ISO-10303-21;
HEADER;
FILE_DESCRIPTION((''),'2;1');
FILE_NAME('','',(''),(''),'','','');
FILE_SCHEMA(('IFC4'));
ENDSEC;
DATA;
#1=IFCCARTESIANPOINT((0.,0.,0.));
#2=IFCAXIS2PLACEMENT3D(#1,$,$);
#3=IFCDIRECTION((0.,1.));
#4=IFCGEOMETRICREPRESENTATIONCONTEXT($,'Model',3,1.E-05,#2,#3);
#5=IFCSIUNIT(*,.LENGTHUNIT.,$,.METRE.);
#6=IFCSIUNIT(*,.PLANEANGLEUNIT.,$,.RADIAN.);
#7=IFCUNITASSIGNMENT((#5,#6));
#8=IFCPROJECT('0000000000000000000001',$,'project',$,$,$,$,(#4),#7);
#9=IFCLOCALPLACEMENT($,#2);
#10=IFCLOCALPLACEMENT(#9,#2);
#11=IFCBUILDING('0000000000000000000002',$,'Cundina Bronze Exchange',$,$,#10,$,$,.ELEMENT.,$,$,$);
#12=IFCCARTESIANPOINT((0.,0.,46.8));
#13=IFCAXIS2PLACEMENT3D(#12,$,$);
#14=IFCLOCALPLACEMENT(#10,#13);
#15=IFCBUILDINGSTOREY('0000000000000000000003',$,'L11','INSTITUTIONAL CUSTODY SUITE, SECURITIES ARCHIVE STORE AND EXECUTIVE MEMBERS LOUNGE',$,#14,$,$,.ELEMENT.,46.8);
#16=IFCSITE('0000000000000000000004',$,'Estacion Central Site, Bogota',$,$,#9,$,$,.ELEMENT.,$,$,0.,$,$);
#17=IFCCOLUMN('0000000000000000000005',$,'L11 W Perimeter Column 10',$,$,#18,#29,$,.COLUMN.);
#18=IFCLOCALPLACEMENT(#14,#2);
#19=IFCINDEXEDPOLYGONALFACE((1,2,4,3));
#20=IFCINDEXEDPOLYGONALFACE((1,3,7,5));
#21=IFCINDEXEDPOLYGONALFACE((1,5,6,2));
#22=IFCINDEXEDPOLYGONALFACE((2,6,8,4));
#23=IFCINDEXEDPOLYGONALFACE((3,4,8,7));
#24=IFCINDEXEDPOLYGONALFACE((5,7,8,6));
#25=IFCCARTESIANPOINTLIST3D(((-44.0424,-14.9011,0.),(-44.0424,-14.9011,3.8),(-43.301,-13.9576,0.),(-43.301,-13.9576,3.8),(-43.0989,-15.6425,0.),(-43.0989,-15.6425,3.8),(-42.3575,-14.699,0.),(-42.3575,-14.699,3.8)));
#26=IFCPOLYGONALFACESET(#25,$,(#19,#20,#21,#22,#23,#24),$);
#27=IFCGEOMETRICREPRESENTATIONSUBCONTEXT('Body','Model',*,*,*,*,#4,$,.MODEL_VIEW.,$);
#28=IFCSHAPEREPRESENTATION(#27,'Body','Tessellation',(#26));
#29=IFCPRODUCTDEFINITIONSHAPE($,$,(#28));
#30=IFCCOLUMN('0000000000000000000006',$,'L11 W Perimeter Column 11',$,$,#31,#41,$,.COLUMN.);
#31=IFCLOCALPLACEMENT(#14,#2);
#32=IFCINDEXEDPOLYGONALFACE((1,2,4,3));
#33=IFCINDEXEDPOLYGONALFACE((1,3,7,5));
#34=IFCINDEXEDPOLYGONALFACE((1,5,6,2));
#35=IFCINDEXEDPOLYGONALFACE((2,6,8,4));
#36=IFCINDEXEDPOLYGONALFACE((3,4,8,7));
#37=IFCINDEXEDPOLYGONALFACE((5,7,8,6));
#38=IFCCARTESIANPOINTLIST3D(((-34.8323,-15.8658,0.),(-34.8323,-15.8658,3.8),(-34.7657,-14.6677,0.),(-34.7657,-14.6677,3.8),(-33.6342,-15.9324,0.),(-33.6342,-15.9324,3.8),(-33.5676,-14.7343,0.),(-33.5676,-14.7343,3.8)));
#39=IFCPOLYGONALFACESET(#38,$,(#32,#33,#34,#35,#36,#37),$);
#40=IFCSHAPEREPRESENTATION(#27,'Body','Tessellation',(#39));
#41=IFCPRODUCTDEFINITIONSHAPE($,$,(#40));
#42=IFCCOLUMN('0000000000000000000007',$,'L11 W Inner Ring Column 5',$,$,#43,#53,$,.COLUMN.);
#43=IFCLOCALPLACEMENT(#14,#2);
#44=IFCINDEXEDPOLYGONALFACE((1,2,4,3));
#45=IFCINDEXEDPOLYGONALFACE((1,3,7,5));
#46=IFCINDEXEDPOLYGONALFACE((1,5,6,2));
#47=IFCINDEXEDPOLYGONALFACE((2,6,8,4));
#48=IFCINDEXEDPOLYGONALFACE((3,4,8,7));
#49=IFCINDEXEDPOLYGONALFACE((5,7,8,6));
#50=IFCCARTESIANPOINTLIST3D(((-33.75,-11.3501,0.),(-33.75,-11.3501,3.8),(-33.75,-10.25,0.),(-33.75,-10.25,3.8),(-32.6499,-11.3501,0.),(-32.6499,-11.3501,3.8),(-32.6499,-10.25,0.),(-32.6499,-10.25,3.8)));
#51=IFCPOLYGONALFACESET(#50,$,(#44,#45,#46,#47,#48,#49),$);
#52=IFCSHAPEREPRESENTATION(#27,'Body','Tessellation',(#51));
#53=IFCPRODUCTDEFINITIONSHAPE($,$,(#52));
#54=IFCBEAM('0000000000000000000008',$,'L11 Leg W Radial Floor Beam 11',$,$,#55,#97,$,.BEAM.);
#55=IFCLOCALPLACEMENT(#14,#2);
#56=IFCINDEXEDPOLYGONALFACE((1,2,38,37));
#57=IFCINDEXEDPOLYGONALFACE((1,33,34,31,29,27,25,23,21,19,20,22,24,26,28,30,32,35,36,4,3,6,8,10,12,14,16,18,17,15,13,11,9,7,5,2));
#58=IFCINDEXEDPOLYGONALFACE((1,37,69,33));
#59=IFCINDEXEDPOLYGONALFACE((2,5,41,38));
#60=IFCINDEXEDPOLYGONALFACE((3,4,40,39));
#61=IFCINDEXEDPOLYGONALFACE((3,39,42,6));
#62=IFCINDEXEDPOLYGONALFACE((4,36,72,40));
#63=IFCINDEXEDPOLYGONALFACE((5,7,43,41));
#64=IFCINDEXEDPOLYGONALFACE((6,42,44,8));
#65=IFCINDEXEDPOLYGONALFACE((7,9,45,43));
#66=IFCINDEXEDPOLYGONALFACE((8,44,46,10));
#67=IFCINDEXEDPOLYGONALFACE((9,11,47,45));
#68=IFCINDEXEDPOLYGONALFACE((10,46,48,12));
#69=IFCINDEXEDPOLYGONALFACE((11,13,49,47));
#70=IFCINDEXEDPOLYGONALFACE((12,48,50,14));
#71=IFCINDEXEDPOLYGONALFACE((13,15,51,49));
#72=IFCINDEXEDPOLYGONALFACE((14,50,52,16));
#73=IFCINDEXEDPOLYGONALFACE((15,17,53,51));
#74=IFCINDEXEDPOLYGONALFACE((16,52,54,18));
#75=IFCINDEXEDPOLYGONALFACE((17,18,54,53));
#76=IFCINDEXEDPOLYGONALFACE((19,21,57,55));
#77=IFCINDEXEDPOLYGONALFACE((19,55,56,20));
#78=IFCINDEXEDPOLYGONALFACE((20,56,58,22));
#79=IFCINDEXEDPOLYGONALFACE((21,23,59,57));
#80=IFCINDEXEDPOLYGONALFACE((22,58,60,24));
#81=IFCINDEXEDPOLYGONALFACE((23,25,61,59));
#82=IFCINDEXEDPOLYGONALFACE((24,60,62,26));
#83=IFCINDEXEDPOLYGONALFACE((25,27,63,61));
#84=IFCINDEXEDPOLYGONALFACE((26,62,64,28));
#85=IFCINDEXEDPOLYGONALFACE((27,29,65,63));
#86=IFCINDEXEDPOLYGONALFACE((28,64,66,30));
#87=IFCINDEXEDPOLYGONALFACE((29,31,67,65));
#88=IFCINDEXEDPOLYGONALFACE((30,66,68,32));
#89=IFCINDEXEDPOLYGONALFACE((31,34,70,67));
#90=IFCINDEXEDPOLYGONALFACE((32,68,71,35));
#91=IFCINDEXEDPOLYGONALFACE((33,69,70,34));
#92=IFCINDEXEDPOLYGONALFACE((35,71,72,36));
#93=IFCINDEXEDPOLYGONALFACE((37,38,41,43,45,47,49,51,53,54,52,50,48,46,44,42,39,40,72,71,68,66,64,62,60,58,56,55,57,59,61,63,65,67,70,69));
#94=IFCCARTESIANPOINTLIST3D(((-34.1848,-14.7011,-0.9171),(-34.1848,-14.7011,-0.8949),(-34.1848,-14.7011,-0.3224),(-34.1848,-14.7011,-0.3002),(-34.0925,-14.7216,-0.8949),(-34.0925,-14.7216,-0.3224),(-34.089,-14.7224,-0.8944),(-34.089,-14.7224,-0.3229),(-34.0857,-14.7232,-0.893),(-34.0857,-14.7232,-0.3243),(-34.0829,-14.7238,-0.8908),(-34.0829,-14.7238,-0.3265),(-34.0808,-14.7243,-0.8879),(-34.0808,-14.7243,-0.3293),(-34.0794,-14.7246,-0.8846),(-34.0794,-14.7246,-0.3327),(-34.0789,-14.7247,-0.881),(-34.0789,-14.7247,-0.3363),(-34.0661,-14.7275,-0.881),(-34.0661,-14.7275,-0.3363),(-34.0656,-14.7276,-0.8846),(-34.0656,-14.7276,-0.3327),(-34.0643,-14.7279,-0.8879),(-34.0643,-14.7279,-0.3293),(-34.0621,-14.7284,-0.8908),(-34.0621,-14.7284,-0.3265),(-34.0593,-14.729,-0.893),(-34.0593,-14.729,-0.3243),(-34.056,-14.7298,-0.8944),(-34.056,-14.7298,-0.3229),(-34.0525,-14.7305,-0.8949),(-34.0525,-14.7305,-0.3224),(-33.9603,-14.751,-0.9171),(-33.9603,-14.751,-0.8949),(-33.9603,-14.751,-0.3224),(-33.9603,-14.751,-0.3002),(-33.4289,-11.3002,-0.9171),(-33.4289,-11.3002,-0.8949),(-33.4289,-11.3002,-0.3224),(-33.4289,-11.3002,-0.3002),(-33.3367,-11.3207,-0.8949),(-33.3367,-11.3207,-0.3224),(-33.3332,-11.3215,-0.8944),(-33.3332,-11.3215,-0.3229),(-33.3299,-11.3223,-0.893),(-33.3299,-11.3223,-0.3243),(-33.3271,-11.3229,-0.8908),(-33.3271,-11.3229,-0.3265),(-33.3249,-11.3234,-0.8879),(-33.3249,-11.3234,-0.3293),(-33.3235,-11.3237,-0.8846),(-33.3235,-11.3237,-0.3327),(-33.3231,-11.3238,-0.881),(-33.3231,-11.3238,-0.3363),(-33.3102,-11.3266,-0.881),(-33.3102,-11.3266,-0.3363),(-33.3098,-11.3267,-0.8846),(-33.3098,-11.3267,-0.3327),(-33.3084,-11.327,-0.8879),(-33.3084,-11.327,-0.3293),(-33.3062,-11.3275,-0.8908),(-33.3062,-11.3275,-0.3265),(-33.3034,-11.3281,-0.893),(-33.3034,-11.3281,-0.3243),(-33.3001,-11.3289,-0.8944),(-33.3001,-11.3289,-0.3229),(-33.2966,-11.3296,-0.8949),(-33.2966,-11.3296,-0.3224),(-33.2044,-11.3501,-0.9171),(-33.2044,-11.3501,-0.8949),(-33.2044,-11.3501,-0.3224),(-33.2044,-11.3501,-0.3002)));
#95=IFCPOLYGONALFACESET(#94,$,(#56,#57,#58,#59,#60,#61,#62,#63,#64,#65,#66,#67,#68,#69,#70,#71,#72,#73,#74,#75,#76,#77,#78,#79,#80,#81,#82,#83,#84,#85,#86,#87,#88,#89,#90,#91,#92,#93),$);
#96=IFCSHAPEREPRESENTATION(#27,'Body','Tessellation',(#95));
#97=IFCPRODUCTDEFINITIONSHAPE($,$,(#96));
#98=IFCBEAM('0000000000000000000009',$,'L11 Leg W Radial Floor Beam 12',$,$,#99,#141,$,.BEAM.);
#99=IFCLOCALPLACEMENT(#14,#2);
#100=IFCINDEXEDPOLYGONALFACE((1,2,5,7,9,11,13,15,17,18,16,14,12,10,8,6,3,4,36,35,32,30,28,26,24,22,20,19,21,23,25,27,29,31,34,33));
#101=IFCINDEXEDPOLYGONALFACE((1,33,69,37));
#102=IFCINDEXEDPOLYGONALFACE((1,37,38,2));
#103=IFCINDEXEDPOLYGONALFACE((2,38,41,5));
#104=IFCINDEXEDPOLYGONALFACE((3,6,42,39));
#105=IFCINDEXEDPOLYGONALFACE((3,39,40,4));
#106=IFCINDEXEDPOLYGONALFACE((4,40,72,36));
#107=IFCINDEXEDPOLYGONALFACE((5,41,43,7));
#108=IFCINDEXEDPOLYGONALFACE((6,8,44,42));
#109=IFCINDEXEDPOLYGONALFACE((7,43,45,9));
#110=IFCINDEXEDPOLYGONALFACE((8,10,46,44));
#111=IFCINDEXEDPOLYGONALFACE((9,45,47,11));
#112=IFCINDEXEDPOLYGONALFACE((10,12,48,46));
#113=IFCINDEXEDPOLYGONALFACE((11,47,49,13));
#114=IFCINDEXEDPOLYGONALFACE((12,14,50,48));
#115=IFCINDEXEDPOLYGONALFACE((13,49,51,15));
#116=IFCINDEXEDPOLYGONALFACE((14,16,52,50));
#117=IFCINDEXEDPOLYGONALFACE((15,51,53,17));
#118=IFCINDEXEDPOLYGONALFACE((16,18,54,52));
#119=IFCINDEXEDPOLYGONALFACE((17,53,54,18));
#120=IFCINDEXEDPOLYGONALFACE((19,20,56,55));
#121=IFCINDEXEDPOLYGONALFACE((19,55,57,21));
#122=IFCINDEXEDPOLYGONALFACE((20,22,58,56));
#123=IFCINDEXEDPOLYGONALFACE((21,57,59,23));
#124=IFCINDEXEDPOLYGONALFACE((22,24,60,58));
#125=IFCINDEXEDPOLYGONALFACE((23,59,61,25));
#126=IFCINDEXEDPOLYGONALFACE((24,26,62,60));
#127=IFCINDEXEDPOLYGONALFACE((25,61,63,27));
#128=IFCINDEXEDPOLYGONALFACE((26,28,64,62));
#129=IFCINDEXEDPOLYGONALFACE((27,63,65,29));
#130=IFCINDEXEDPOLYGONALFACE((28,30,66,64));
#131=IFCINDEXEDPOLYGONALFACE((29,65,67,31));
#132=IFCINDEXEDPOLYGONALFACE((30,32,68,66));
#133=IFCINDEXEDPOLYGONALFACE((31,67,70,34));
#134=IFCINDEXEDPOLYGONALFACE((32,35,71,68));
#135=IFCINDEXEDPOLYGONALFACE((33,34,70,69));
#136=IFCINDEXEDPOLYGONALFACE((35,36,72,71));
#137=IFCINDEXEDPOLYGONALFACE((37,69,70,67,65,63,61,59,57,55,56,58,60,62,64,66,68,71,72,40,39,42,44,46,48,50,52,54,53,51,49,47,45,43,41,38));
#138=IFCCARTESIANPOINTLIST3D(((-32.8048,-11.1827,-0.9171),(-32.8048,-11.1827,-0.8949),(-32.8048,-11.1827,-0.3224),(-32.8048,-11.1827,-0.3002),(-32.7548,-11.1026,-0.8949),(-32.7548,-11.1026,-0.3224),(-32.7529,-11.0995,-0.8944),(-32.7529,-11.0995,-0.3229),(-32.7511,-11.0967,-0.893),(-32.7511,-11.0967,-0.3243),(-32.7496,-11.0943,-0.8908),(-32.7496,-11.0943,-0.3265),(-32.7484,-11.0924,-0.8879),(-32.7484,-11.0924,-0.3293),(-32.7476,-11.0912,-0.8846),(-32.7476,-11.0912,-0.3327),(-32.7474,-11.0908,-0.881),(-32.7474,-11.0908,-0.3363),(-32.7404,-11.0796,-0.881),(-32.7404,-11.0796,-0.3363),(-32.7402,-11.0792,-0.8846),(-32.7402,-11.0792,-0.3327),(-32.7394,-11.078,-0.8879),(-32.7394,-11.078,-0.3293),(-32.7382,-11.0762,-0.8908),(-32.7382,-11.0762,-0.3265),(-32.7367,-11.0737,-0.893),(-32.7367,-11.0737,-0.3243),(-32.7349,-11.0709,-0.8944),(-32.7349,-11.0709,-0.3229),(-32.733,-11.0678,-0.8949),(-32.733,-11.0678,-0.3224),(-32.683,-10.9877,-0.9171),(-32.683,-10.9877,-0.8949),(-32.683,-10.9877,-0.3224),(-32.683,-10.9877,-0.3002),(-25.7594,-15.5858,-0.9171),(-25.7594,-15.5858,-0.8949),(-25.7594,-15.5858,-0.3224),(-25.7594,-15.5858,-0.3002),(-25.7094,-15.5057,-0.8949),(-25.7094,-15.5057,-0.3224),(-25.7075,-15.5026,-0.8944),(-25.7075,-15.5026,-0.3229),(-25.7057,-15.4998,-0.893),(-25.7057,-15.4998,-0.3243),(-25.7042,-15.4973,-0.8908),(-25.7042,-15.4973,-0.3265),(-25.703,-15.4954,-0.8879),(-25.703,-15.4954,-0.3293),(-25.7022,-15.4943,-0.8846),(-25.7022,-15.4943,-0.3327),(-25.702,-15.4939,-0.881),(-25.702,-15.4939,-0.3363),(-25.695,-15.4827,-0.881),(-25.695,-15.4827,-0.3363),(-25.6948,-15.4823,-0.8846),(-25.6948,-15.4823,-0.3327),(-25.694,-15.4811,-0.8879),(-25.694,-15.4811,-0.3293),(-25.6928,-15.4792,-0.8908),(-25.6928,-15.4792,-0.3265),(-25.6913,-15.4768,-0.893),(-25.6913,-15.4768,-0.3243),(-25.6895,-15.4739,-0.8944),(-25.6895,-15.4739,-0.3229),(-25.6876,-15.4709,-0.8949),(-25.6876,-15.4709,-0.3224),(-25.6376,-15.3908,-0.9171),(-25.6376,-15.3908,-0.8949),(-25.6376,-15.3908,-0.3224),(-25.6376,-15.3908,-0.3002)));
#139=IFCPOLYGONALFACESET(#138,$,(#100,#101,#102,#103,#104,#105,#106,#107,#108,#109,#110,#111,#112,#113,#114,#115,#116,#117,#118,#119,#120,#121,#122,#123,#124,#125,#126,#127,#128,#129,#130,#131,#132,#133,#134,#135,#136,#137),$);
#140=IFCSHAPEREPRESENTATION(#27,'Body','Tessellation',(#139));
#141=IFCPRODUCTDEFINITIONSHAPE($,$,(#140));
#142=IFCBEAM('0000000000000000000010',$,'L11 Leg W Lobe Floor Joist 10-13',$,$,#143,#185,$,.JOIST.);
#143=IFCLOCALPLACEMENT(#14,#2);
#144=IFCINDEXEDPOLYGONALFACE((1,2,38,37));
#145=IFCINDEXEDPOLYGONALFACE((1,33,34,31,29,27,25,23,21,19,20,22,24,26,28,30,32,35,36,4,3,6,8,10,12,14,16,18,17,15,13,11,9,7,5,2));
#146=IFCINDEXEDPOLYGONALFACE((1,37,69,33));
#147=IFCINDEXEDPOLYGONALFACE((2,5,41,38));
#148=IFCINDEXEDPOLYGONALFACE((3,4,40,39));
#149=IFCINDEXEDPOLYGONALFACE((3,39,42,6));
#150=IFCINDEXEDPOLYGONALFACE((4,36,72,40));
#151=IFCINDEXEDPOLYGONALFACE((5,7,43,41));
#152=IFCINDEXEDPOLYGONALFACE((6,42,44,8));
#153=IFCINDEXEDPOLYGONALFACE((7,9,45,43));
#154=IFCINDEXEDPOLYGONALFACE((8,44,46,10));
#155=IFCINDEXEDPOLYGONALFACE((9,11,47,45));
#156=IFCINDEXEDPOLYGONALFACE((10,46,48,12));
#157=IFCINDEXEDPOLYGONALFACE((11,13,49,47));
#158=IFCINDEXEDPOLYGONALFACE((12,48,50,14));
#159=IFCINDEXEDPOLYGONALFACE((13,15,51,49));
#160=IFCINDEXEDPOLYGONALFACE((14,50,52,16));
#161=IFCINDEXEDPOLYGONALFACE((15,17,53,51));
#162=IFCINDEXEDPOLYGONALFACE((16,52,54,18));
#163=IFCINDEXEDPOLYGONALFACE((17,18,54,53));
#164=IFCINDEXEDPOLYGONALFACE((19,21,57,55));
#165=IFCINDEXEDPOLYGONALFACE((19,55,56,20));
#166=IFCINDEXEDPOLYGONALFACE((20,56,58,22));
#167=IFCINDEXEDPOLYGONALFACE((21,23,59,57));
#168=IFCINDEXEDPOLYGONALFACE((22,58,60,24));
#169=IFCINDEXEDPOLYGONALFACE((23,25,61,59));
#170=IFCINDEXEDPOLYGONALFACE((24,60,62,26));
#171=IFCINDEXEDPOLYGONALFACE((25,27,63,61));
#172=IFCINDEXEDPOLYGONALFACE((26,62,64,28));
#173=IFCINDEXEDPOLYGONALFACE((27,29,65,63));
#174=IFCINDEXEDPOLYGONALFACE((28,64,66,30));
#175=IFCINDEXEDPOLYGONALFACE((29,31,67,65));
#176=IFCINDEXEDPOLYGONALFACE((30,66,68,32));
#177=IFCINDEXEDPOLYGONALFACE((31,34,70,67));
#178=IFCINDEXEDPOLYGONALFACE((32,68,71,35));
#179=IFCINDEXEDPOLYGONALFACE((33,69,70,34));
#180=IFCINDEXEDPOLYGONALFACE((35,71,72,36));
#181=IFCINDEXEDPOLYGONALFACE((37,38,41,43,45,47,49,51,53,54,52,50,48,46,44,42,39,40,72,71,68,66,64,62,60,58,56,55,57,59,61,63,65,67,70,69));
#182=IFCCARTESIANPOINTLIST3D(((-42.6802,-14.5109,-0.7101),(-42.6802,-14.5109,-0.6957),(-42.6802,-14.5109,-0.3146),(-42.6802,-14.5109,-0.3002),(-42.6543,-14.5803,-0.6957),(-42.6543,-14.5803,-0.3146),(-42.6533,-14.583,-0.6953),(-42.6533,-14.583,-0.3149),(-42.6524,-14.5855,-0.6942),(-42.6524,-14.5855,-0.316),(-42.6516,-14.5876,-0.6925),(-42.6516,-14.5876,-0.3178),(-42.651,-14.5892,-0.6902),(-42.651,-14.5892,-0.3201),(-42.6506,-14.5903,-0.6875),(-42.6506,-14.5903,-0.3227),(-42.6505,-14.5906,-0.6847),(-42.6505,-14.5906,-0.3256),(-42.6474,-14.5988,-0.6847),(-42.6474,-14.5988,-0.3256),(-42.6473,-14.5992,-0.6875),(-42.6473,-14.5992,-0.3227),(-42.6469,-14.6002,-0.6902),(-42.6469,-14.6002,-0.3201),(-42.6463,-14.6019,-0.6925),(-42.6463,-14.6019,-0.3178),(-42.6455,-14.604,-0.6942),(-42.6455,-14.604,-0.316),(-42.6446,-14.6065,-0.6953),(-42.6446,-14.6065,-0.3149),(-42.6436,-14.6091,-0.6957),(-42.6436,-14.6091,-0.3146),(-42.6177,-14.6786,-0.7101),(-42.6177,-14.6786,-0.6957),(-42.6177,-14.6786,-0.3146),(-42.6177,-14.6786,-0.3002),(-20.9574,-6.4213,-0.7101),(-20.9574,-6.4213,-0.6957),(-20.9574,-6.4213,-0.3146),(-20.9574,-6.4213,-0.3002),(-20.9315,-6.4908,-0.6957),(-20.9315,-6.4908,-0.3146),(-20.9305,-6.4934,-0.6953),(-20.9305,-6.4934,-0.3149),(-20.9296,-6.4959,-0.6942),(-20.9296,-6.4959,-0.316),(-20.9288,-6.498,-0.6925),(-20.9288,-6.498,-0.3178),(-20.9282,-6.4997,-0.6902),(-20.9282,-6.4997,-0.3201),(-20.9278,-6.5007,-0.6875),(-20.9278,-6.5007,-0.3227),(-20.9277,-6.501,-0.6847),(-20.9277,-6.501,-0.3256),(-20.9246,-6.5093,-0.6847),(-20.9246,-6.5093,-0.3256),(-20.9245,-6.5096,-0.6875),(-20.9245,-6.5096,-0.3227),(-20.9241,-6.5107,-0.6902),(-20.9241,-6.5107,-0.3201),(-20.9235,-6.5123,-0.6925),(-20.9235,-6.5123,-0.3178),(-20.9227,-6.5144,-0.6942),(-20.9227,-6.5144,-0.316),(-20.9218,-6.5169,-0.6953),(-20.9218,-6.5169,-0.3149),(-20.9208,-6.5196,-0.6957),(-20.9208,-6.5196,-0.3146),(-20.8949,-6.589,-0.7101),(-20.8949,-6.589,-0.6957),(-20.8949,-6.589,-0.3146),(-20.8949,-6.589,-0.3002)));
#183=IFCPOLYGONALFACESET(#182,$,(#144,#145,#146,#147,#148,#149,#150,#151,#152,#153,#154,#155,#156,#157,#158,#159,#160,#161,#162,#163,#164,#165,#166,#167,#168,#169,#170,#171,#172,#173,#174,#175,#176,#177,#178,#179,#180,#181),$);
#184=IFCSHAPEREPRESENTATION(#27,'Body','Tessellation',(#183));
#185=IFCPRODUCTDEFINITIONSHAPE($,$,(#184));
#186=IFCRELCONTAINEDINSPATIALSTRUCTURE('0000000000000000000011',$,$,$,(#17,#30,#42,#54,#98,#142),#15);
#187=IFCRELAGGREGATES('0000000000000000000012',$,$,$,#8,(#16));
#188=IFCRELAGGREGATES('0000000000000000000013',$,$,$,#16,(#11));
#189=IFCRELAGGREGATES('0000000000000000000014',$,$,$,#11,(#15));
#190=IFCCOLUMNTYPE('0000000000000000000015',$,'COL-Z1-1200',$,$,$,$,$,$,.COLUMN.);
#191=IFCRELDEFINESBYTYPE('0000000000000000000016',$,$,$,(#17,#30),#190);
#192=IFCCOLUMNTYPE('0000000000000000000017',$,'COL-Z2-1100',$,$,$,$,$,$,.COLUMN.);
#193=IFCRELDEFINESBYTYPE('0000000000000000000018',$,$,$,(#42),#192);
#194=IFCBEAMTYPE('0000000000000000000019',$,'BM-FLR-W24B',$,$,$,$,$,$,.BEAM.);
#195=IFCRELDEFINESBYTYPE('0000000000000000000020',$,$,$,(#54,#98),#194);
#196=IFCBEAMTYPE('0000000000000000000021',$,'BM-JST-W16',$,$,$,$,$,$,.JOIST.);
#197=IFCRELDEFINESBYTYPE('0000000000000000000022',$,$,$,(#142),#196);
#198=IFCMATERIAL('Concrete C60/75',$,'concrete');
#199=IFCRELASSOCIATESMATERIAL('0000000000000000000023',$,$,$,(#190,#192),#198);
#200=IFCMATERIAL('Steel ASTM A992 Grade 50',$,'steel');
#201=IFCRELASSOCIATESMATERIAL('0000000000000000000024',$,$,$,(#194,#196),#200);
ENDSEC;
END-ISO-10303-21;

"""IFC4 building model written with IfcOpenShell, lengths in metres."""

from ifc_helpers import new_model, si_unit, direction, frame, origin, origin_2d, place, context, subcontext, project, spatial, rectangle, i_section, extrude, material, material_profile, profile_set, type_object, element, save


model = new_model("IFC4")

# Units and contexts
model_context = context("Model", 3, precision=1e-05, world=origin(), true_north=direction((0.0, 1.0)))
body_context = subcontext(model_context, "Body", "Model", "MODEL_VIEW")
ifc_project = project(units=[si_unit("LENGTHUNIT", "METRE"), si_unit("PLANEANGLEUNIT", "RADIAN")], contexts=[model_context])

# Site, building, storey
site_placement = place(None, origin())
site = spatial("IfcSite", under=ifc_project, at=site_placement, Name="Estacion Central Site, Bogota", CompositionType="ELEMENT", RefElevation=0.0)
building_placement = place(site_placement, origin())
building = spatial("IfcBuilding", under=site, at=building_placement, Name="Cundina Bronze Exchange", CompositionType="ELEMENT")
storey_placement = place(building_placement, frame((0.0, 0.0, 46.8)))
storey = spatial("IfcBuildingStorey", under=building, at=storey_placement, Name="L11", Description="INSTITUTIONAL CUSTODY SUITE, SECURITIES ARCHIVE STORE AND EXECUTIVE MEMBERS LOUNGE", CompositionType="ELEMENT", Elevation=46.8)

# Columns
ifc_material_1 = material(Name="Concrete C60/75", Category="concrete")
ifc_material_profile_1 = material_profile(ifc_material_1, rectangle(XDim=1.2, YDim=1.2, at=origin_2d()), Name="RC1200X1200", Category="concrete")
ifc_profile_set_1 = profile_set([ifc_material_profile_1], Name="Concrete C60/75")
column_type_1 = type_object("IfcColumnType", Name="COL-Z1-1200", PredefinedType="COLUMN", material=ifc_profile_set_1)
for number, where, z_axis, x_axis, name in (
    (1, (-43.2, -14.8, 0.0), (0.0, 0.0, 1.0), (0.786288, -0.61786, 0.0), "L11 W Perimeter Column 10"),
    (2, (-34.2, -15.3, 0.0), (0.0, 0.0, 1.0), (0.99846, -0.055473, 0.0), "L11 W Perimeter Column 11"),
):
    element("IfcColumn", number, at=place(storey_placement, frame(where, z_axis=z_axis, x_axis=x_axis)), inside=storey, type_object=column_type_1, Name=name, PredefinedType="COLUMN", context=body_context, shape_type="SweptSolid", body=[
        extrude(rectangle(XDim=1.2, YDim=1.2, at=origin_2d()), origin(), (0.0, 0.0, 1.0), 3.8),
    ])
ifc_material_profile_2 = material_profile(ifc_material_1, rectangle(XDim=1.1001, YDim=1.1001, at=origin_2d()), Name="RC1100X1100", Category="concrete")
ifc_profile_set_2 = profile_set([ifc_material_profile_2], Name="Concrete C60/75")
column_type_2 = type_object("IfcColumnType", Name="COL-Z2-1100", PredefinedType="COLUMN", material=ifc_profile_set_2)
column_placement = place(storey_placement, frame((-33.2, -10.8, 0.0), z_axis=(0.0, 0.0, 1.0), x_axis=(1.0, 0.0, 0.0)))
element("IfcColumn", 3, at=column_placement, inside=storey, type_object=column_type_2, Name="L11 W Inner Ring Column 5", PredefinedType="COLUMN", context=body_context, shape_type="SweptSolid", body=[
    extrude(rectangle(XDim=1.1001, YDim=1.1001, at=origin_2d()), origin(), (0.0, 0.0, 1.0), 3.8),
])

# Beams
ifc_material_2 = material(Name="Steel ASTM A992 Grade 50", Category="steel")
ifc_material_profile_3 = material_profile(ifc_material_2, i_section(OverallWidth=0.23, OverallDepth=0.6169, WebThickness=0.0132, FlangeThickness=0.0222, FilletRadius=0.0139, at=origin_2d()), Name="W24X94", Category="steel")
ifc_profile_set_3 = profile_set([ifc_material_profile_3], Name="Steel ASTM A992 Grade 50")
beam_type_1 = type_object("IfcBeamType", Name="BM-FLR-W24B", PredefinedType="BEAM", material=ifc_profile_set_3)
beam_1_placement = place(storey_placement, frame((-33.3167, -11.3252, -0.6086), z_axis=(-0.21696, -0.97618, 0.0), x_axis=(0.97618, -0.21696, 0.0)))
element("IfcBeam", 4, at=beam_1_placement, inside=storey, type_object=beam_type_1, Name="L11 Leg W Radial Floor Beam 11", PredefinedType="BEAM", context=body_context, shape_type="SweptSolid", body=[
    extrude(i_section(OverallWidth=0.23, OverallDepth=0.6169, WebThickness=0.0132, FlangeThickness=0.0222, FilletRadius=0.0139, at=origin_2d()), origin(), (0.0, 0.0, 1.0), 3.4839),
])
beam_2_placement = place(storey_placement, frame((-32.7439, -11.0852, -0.6086), z_axis=(0.848015, -0.529973, 0.0), x_axis=(0.529973, 0.848015, 0.0)))
element("IfcBeam", 5, at=beam_2_placement, inside=storey, type_object=beam_type_1, Name="L11 Leg W Radial Floor Beam 12", PredefinedType="BEAM", context=body_context, shape_type="SweptSolid", body=[
    extrude(i_section(OverallWidth=0.23, OverallDepth=0.6169, WebThickness=0.0132, FlangeThickness=0.0222, FilletRadius=0.0139, at=origin_2d()), origin(), (0.0, 0.0, 1.0), 8.3081),
])
ifc_material_profile_4 = material_profile(ifc_material_2, i_section(OverallWidth=0.179, OverallDepth=0.4099, WebThickness=0.0088, FlangeThickness=0.0144, FilletRadius=0.011, at=origin_2d()), Name="W16X45", Category="steel")
ifc_profile_set_4 = profile_set([ifc_material_profile_4], Name="Steel ASTM A992 Grade 50")
beam_type_2 = type_object("IfcBeamType", Name="BM-JST-W16", PredefinedType="JOIST", material=ifc_profile_set_4)
beam_3_placement = place(storey_placement, frame((-42.6489, -14.5947, -0.5051), z_axis=(0.937128, 0.348986, 0.0), x_axis=(-0.348986, 0.937128, 0.0)))
element("IfcBeam", 6, at=beam_3_placement, inside=storey, type_object=beam_type_2, Name="L11 Leg W Lobe Floor Joist 10-13", PredefinedType="JOIST", context=body_context, shape_type="SweptSolid", body=[
    extrude(i_section(OverallWidth=0.179, OverallDepth=0.4099, WebThickness=0.0088, FlangeThickness=0.0144, FilletRadius=0.011, at=origin_2d()), origin(), (0.0, 0.0, 1.0), 23.1802),
])

save(model, "model.ifc")
